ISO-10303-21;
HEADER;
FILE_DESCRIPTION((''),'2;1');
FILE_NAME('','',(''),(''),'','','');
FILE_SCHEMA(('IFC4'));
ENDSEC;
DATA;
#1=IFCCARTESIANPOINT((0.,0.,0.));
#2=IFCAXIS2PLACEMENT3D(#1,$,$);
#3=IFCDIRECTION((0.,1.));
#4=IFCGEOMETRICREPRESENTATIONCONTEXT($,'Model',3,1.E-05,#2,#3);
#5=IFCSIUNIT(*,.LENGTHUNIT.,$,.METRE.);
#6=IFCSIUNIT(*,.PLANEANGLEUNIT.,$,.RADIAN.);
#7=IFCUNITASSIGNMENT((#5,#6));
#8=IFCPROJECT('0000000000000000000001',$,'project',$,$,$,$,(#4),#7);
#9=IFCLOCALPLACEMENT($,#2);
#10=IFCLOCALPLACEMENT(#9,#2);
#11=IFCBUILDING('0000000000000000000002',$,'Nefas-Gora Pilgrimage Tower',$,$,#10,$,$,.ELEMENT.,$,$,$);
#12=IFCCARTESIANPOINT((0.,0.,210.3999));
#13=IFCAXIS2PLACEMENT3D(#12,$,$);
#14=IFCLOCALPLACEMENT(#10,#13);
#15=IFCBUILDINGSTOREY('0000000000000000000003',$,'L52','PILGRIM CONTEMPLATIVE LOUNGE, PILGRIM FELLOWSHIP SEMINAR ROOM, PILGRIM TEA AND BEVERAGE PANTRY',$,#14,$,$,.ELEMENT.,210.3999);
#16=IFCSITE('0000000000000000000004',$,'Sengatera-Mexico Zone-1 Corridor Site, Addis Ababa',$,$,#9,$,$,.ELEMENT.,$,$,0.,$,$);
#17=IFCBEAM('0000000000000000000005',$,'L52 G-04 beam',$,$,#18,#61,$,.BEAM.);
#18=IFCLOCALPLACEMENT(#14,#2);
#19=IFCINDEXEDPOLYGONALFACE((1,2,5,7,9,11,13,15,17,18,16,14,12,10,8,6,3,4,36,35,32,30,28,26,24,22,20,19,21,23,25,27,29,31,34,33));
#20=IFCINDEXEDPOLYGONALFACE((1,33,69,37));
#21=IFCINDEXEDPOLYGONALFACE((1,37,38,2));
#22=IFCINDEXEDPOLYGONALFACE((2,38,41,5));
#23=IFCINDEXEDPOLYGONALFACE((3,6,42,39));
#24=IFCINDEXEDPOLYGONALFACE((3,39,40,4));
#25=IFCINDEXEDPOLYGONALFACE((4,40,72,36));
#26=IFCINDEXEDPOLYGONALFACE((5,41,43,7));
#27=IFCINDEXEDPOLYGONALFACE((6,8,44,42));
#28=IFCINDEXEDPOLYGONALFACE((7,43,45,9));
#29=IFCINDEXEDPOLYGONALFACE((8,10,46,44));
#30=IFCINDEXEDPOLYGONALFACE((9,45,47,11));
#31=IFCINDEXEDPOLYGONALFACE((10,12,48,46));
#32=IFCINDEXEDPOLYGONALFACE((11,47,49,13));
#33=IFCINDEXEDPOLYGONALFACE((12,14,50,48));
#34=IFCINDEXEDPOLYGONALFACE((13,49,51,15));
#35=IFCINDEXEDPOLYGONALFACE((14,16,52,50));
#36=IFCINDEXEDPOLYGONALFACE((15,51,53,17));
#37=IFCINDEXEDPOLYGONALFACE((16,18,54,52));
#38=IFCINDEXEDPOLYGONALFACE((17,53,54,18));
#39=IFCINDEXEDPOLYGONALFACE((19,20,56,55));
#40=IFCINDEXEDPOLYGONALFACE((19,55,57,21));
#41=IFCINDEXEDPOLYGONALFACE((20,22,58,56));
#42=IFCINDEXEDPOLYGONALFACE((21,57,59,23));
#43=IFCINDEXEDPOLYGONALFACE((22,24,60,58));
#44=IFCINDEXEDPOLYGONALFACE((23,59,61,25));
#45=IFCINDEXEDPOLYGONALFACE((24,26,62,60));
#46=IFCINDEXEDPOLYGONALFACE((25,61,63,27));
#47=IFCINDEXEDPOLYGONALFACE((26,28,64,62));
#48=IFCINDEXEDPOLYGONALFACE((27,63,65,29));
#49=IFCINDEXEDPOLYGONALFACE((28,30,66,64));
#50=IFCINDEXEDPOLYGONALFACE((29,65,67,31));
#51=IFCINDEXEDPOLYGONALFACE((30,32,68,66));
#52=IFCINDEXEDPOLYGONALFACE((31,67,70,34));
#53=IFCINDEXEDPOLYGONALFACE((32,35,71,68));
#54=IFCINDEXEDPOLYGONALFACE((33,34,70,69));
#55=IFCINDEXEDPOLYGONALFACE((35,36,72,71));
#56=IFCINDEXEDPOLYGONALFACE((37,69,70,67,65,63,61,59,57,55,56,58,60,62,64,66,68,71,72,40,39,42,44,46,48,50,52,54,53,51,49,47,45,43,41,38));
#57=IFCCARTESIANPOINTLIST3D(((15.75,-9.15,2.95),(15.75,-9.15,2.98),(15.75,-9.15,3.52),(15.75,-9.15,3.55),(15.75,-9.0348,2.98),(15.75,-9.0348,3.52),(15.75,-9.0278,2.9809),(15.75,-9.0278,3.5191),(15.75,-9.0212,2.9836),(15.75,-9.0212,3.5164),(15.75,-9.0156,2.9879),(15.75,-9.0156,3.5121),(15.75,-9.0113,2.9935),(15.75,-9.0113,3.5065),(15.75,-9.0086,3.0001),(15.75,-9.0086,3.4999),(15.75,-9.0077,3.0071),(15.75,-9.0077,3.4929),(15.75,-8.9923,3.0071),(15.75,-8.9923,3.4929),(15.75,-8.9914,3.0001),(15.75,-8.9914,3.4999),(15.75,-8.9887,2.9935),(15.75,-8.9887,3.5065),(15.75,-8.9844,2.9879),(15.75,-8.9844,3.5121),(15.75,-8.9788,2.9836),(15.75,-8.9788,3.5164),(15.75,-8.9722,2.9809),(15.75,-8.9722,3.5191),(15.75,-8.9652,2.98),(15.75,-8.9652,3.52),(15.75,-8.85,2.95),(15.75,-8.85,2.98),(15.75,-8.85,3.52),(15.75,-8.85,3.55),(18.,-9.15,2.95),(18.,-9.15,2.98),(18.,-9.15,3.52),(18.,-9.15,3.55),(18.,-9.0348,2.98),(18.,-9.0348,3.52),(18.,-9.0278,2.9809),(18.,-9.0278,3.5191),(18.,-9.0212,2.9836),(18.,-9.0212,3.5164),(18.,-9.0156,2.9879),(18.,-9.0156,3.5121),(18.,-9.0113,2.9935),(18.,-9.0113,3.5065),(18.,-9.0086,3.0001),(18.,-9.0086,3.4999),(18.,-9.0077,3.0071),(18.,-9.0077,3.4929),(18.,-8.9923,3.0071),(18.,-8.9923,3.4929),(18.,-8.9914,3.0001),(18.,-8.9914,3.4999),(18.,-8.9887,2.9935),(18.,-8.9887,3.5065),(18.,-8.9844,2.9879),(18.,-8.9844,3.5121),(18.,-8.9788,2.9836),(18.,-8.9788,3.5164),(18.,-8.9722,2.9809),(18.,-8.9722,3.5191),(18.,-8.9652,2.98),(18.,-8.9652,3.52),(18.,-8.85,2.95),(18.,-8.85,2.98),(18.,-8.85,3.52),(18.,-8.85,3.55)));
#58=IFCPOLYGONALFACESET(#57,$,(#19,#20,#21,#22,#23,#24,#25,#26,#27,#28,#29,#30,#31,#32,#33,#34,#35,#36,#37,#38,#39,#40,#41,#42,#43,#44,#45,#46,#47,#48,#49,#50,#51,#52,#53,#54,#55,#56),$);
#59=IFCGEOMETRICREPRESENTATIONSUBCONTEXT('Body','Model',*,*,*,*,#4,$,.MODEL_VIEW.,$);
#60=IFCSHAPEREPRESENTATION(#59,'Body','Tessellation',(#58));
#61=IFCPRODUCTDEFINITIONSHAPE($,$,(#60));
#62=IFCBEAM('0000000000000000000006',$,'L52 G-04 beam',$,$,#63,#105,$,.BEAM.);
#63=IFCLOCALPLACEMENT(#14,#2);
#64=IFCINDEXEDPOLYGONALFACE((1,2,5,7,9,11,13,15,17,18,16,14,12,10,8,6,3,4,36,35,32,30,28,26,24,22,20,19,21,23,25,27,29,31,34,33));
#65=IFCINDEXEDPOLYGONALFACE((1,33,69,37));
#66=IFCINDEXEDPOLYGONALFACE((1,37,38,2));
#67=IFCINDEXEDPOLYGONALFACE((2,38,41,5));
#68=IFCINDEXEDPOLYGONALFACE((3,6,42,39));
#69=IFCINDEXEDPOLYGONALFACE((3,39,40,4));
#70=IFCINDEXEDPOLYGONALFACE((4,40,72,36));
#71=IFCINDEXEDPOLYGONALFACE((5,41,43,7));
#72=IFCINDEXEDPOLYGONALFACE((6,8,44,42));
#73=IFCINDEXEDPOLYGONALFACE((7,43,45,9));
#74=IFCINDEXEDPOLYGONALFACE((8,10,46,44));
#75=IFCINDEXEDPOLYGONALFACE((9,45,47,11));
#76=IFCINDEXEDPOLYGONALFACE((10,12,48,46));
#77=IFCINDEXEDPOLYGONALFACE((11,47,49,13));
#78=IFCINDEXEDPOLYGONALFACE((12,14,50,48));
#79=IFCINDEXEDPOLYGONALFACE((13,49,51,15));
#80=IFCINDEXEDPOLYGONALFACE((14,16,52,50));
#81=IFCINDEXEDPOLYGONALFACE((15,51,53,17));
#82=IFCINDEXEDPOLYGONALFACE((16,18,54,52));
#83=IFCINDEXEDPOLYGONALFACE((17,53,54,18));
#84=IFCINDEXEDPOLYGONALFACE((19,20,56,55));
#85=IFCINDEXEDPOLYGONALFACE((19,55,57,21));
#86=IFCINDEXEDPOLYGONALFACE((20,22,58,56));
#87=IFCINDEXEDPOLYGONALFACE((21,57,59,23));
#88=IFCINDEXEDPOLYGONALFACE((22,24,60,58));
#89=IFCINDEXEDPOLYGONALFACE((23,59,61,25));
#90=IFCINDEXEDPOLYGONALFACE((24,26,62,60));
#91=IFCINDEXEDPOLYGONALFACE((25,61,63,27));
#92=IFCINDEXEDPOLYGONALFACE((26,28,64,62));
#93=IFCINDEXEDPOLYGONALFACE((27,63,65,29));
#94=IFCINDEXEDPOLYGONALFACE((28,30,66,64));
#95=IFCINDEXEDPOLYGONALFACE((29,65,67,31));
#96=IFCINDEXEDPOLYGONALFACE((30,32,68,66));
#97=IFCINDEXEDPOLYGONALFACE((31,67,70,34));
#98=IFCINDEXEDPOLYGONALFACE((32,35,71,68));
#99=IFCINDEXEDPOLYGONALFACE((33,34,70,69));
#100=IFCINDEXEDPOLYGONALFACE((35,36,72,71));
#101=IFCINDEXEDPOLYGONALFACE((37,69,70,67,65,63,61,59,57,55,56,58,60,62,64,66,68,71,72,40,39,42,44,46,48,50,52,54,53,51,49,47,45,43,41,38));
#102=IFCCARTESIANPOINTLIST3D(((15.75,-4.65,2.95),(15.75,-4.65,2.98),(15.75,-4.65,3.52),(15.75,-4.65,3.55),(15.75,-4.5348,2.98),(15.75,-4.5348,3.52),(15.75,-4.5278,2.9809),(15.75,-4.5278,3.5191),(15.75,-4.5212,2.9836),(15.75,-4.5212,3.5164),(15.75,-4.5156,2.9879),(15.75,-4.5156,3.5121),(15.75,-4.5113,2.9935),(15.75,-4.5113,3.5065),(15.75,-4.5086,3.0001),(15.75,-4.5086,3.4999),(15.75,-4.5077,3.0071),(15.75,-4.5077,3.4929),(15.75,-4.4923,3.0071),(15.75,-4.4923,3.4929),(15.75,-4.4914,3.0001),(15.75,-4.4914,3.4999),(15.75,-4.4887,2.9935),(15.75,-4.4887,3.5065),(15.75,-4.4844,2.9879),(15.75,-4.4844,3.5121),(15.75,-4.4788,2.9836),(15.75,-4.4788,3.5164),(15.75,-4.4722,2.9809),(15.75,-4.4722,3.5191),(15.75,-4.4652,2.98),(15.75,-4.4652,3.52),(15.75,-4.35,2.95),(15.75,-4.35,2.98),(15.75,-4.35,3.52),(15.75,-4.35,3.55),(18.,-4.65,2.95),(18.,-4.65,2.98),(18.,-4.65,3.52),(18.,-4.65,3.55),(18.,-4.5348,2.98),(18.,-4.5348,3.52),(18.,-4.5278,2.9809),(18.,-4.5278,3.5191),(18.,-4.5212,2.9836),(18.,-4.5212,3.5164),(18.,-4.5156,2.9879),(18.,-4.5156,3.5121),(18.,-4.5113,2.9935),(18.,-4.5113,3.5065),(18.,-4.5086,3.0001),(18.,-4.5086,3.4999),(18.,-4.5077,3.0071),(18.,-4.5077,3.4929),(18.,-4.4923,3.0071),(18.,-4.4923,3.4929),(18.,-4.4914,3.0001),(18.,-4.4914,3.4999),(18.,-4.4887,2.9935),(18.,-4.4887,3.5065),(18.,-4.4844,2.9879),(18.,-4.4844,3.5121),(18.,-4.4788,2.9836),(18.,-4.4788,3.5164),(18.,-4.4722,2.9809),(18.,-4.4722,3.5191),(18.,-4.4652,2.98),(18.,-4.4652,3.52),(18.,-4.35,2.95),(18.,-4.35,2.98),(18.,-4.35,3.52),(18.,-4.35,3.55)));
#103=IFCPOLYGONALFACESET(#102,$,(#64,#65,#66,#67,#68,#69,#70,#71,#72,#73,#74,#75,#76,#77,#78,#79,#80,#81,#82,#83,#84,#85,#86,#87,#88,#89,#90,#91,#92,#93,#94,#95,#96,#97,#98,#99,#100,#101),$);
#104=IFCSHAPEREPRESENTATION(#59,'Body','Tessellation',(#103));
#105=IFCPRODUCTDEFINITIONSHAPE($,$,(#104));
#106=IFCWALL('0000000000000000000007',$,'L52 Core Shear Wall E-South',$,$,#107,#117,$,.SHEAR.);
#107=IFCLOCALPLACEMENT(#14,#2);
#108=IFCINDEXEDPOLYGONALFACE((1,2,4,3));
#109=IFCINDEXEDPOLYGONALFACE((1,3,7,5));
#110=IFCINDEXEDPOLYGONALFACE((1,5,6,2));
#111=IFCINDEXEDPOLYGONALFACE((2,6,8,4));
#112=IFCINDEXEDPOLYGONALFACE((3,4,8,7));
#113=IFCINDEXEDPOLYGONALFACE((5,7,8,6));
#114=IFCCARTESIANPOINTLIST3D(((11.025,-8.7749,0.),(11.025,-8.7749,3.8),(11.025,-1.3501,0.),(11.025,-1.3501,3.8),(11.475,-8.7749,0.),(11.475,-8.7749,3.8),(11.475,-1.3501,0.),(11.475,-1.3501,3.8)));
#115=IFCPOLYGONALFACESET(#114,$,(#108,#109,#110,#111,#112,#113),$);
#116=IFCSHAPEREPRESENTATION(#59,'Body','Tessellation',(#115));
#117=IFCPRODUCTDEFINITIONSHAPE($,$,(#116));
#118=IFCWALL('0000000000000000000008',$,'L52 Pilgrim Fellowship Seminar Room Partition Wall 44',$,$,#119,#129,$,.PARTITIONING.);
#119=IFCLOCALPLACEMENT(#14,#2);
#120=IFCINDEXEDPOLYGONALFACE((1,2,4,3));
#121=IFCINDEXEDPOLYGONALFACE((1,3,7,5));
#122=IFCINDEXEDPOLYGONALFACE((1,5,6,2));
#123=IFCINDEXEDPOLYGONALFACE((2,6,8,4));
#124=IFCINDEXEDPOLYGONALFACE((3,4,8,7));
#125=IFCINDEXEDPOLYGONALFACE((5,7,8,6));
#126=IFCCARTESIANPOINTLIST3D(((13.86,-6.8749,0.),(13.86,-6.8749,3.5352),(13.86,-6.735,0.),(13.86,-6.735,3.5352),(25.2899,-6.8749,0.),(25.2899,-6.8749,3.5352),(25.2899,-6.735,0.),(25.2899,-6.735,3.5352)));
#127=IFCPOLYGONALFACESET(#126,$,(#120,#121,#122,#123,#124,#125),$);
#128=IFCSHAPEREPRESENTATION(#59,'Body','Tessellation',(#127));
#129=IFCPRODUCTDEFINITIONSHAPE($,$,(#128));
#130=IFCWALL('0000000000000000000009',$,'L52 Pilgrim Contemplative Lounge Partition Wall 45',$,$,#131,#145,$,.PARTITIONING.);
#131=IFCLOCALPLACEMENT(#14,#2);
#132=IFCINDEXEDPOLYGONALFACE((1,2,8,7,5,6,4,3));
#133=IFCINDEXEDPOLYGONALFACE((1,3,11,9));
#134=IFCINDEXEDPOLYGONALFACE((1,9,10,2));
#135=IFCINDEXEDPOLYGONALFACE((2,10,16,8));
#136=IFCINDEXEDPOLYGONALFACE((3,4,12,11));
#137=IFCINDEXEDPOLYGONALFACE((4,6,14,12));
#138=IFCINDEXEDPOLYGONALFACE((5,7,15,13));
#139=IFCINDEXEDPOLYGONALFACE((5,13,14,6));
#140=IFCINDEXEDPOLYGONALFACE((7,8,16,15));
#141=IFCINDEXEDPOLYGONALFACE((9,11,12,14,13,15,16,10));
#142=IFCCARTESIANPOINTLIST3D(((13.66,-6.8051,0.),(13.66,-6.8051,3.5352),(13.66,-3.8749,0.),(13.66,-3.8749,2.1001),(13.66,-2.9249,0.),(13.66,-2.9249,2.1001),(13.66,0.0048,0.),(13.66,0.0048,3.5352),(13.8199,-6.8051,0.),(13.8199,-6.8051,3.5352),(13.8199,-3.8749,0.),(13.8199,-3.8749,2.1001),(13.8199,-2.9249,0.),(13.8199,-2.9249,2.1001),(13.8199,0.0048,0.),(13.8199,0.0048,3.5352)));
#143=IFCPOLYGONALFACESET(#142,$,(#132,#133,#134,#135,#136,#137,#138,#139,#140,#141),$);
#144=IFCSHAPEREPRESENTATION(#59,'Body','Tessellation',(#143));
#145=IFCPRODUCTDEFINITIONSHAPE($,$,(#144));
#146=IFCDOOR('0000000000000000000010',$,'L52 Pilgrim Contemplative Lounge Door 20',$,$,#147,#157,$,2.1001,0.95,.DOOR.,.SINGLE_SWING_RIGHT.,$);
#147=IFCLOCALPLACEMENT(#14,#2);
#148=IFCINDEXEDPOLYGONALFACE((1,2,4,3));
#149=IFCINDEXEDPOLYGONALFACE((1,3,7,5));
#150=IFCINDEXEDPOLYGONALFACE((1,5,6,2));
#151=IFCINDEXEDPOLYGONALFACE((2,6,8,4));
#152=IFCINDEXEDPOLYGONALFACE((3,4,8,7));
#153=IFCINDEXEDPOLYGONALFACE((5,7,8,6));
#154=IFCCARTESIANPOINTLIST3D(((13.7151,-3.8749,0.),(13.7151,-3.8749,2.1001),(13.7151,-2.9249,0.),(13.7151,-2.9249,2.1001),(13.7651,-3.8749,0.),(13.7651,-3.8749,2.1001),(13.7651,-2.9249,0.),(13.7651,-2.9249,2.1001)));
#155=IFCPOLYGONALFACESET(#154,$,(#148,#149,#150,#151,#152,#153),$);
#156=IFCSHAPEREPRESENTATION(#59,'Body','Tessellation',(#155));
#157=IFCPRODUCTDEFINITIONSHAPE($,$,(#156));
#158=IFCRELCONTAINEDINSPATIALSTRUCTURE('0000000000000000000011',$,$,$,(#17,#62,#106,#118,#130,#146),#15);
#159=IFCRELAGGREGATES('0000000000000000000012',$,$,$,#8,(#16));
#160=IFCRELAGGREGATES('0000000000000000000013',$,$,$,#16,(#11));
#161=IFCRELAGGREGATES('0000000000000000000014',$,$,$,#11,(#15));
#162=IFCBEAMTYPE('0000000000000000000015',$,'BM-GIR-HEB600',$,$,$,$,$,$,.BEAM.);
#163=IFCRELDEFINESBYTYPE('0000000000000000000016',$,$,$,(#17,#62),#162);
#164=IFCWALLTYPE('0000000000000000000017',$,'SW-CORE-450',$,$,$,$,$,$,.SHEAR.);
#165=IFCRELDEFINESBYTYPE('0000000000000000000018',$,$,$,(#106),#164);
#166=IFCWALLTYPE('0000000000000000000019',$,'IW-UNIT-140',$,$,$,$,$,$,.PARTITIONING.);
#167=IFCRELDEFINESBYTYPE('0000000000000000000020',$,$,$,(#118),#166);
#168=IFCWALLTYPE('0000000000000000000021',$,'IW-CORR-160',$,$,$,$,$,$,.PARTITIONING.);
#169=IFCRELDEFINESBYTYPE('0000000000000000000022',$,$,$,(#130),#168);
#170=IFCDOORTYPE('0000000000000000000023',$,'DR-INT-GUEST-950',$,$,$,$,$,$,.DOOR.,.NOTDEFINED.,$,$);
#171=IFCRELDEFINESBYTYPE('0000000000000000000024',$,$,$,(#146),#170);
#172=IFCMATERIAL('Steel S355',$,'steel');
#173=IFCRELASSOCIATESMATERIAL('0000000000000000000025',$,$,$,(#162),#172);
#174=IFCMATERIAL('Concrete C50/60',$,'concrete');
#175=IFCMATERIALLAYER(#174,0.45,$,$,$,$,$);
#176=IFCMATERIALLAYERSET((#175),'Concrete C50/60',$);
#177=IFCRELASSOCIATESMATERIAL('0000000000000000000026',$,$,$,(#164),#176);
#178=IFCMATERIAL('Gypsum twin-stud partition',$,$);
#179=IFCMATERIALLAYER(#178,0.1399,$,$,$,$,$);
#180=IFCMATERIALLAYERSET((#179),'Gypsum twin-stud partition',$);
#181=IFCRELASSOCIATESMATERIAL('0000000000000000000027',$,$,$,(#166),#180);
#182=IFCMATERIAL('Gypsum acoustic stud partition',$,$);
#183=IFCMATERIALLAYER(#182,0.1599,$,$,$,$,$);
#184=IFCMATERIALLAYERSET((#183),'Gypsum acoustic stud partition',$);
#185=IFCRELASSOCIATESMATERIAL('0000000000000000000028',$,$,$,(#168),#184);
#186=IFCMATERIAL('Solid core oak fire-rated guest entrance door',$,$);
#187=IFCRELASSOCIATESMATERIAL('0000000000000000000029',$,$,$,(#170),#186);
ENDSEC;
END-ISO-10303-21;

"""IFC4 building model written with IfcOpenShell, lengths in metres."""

from ifc_helpers import new_model, si_unit, direction, frame, frame_2d, origin, origin_2d, place, context, subcontext, project, spatial, rectangle, i_section, extrude, source, transform, mapped, material, layer, layer_set, material_profile, profile_set, type_object, element, fill, save


model = new_model("IFC4")

# Units and contexts
model_context = context("Model", 3, precision=1e-05, world=origin(), true_north=direction((0.0, 1.0)))
body_context = subcontext(model_context, "Body", "Model", "MODEL_VIEW")
ifc_project = project(units=[si_unit("LENGTHUNIT", "METRE"), si_unit("PLANEANGLEUNIT", "RADIAN")], contexts=[model_context])

# Site, building, storey
site_placement = place(None, origin())
site = spatial("IfcSite", under=ifc_project, at=site_placement, Name="Sengatera-Mexico Zone-1 Corridor Site, Addis Ababa", CompositionType="ELEMENT", RefElevation=0.0)
building_placement = place(site_placement, origin())
building = spatial("IfcBuilding", under=site, at=building_placement, Name="Nefas-Gora Pilgrimage Tower", CompositionType="ELEMENT")
storey_placement = place(building_placement, frame((0.0, 0.0, 210.3999)))
storey = spatial("IfcBuildingStorey", under=building, at=storey_placement, Name="L52", Description="PILGRIM CONTEMPLATIVE LOUNGE, PILGRIM FELLOWSHIP SEMINAR ROOM, PILGRIM TEA AND BEVERAGE PANTRY", CompositionType="ELEMENT", Elevation=210.3999)

# Beams
ifc_material_1 = material(Name="Concrete C50/60", Category="concrete")
ifc_material_2 = material(Name="Steel S355", Category="steel")
ifc_material_profile_1 = material_profile(ifc_material_2, i_section(OverallWidth=0.3, OverallDepth=0.6001, WebThickness=0.0154, FlangeThickness=0.03, FilletRadius=0.0271, at=origin_2d()), Name="HEB 600")
ifc_profile_set_1 = profile_set([ifc_material_profile_1], Name="Steel S355")
beam_type_1 = type_object("IfcBeamType", Name="BM-GIR-HEB600", PredefinedType="BEAM", material=ifc_profile_set_1)
shared_shape_1 = source(origin(), body_context, "Body", "SweptSolid", [
    extrude(i_section(OverallWidth=0.3, OverallDepth=0.6001, WebThickness=0.0154, FlangeThickness=0.03, FilletRadius=0.0271, at=origin_2d()), origin(), (0.0, 0.0, 1.0), 2.25),
])
for number, where, z_axis, x_axis, name in (
    (1, (15.75, -9.0, 3.25), (1.0, 0.0, 0.0), (0.0, 1.0, 0.0), "L52 G-04 beam"),
    (2, (15.75, -4.5, 3.25), (1.0, 0.0, 0.0), (0.0, 1.0, 0.0), "L52 G-04 beam"),
):
    element("IfcBeam", number, at=place(storey_placement, frame(where, z_axis=z_axis, x_axis=x_axis)), inside=storey, type_object=beam_type_1, Name=name, PredefinedType="BEAM", context=body_context, shape_type="MappedRepresentation", body=[
        mapped(shared_shape_1, transform((0.0, 0.0, 0.0), x_axis=(1.0, 0.0, 0.0), y_axis=(0.0, 1.0, 0.0), z_axis=(0.0, 0.0, 1.0), scale=1.0)),
    ])

# Walls
ifc_layer_1 = layer(ifc_material_1, 0.45)
ifc_layer_set_1 = layer_set([ifc_layer_1], Name="Concrete C50/60")
wall_type_1 = type_object("IfcWallType", Name="SW-CORE-450", PredefinedType="SHEAR", material=ifc_layer_set_1)
shared_shape_2 = source(origin(), body_context, "Body", "SweptSolid", [
    extrude(rectangle(XDim=7.4248, YDim=0.45, at=frame_2d((3.7124, 0.0))), origin(), (0.0, 0.0, 1.0), 3.8),
])
wall_1_placement = place(storey_placement, frame((11.25, -8.7749, 0.0), z_axis=(0.0, 0.0, 1.0), x_axis=(0.0, 1.0, 0.0)))
element("IfcWall", 3, at=wall_1_placement, inside=storey, type_object=wall_type_1, Name="L52 Core Shear Wall E-South", PredefinedType="SHEAR", context=body_context, shape_type="MappedRepresentation", body=[
    mapped(shared_shape_2, transform((0.0, 0.0, 0.0), x_axis=(1.0, 0.0, 0.0), y_axis=(0.0, 1.0, 0.0), z_axis=(0.0, 0.0, 1.0), scale=1.0)),
])
ifc_material_3 = material(Name="Gypsum twin-stud partition")
ifc_layer_2 = layer(ifc_material_3, 0.1399)
ifc_layer_set_2 = layer_set([ifc_layer_2], Name="Gypsum twin-stud partition")
wall_type_2 = type_object("IfcWallType", Name="IW-UNIT-140", PredefinedType="PARTITIONING", material=ifc_layer_set_2)
shared_shape_3 = source(origin(), body_context, "Body", "SweptSolid", [
    extrude(rectangle(XDim=11.4299, YDim=0.1399, at=frame_2d((5.7148, 0.0))), origin(), (0.0, 0.0, 1.0), 3.5352),
])
wall_2_placement = place(storey_placement, frame((13.8601, -6.8049, 0.0), z_axis=(0.0, 0.0, 1.0), x_axis=(1.0, 0.0, 0.0)))
element("IfcWall", 4, at=wall_2_placement, inside=storey, type_object=wall_type_2, Name="L52 Pilgrim Fellowship Seminar Room Partition Wall 44", PredefinedType="PARTITIONING", context=body_context, shape_type="MappedRepresentation", body=[
    mapped(shared_shape_3, transform((0.0, 0.0, 0.0), x_axis=(1.0, 0.0, 0.0), y_axis=(0.0, 1.0, 0.0), z_axis=(0.0, 0.0, 1.0), scale=1.0)),
])

# Wall, opening, door
ifc_material_4 = material(Name="Gypsum acoustic stud partition")
ifc_layer_3 = layer(ifc_material_4, 0.1599)
ifc_layer_set_3 = layer_set([ifc_layer_3], Name="Gypsum acoustic stud partition")
wall_type_3 = type_object("IfcWallType", Name="IW-CORR-160", PredefinedType="PARTITIONING", material=ifc_layer_set_3)
shared_shape_4 = source(origin(), body_context, "Body", "SweptSolid", [
    extrude(rectangle(XDim=6.8098, YDim=0.1599, at=frame_2d((3.4048, 0.0))), origin(), (0.0, 0.0, 1.0), 3.5352),
])
wall_3_placement = place(storey_placement, frame((13.74, -6.8049, 0.0), z_axis=(0.0, 0.0, 1.0), x_axis=(0.0, 1.0, 0.0)))
wall_3 = element("IfcWall", 5, at=wall_3_placement, inside=storey, type_object=wall_type_3, Name="L52 Pilgrim Contemplative Lounge Partition Wall 45", PredefinedType="PARTITIONING", context=body_context, shape_type="MappedRepresentation", body=[
    mapped(shared_shape_4, transform((0.0, 0.0, 0.0), x_axis=(1.0, 0.0, 0.0), y_axis=(0.0, 1.0, 0.0), z_axis=(0.0, 0.0, 1.0), scale=1.0)),
])
opening_1_placement = place(wall_3_placement, frame((2.9299, 0.0, 0.0)))
opening_1 = element("IfcOpeningElement", 6, at=opening_1_placement, cuts=wall_3, PredefinedType="OPENING", context=body_context, shape_type="SweptSolid", body=[
    extrude(rectangle(XDim=0.95, YDim=2.1001, at=frame_2d((0.4751, 1.05))), frame((0.0, 0.0898, 0.0), z_axis=(0.0, -1.0, 0.0), x_axis=(1.0, 0.0, 0.0)), (0.0, 0.0, 1.0), 0.1799),
])
ifc_material_5 = material(Name="Solid core oak fire-rated guest entrance door")
door_type_1 = type_object("IfcDoorType", Name="DR-INT-GUEST-950", OperationType="NOTDEFINED", PredefinedType="DOOR", material=ifc_material_5)
shared_shape_5 = source(origin(), body_context, "Body", "SweptSolid", [
    extrude(rectangle(XDim=0.95, YDim=2.1001, at=frame_2d((0.4751, 1.05))), frame((0.0, 0.0249, 0.0), z_axis=(0.0, -1.0, 0.0), x_axis=(1.0, 0.0, 0.0)), (0.0, 0.0, 1.0), 0.05),
])
door_1_placement = place(opening_1_placement, origin())
door_1 = element("IfcDoor", 7, at=door_1_placement, inside=storey, type_object=door_type_1, Name="L52 Pilgrim Contemplative Lounge Door 20", OperationType="SINGLE_SWING_RIGHT", OverallHeight=2.1001, OverallWidth=0.95, PredefinedType="DOOR", context=body_context, shape_type="MappedRepresentation", body=[
    mapped(shared_shape_5, transform((0.0, 0.0, 0.0), x_axis=(1.0, 0.0, 0.0), y_axis=(0.0, 1.0, 0.0), z_axis=(0.0, 0.0, 1.0), scale=1.0)),
])
fill(opening_1, door_1)

save(model, "model.ifc")
